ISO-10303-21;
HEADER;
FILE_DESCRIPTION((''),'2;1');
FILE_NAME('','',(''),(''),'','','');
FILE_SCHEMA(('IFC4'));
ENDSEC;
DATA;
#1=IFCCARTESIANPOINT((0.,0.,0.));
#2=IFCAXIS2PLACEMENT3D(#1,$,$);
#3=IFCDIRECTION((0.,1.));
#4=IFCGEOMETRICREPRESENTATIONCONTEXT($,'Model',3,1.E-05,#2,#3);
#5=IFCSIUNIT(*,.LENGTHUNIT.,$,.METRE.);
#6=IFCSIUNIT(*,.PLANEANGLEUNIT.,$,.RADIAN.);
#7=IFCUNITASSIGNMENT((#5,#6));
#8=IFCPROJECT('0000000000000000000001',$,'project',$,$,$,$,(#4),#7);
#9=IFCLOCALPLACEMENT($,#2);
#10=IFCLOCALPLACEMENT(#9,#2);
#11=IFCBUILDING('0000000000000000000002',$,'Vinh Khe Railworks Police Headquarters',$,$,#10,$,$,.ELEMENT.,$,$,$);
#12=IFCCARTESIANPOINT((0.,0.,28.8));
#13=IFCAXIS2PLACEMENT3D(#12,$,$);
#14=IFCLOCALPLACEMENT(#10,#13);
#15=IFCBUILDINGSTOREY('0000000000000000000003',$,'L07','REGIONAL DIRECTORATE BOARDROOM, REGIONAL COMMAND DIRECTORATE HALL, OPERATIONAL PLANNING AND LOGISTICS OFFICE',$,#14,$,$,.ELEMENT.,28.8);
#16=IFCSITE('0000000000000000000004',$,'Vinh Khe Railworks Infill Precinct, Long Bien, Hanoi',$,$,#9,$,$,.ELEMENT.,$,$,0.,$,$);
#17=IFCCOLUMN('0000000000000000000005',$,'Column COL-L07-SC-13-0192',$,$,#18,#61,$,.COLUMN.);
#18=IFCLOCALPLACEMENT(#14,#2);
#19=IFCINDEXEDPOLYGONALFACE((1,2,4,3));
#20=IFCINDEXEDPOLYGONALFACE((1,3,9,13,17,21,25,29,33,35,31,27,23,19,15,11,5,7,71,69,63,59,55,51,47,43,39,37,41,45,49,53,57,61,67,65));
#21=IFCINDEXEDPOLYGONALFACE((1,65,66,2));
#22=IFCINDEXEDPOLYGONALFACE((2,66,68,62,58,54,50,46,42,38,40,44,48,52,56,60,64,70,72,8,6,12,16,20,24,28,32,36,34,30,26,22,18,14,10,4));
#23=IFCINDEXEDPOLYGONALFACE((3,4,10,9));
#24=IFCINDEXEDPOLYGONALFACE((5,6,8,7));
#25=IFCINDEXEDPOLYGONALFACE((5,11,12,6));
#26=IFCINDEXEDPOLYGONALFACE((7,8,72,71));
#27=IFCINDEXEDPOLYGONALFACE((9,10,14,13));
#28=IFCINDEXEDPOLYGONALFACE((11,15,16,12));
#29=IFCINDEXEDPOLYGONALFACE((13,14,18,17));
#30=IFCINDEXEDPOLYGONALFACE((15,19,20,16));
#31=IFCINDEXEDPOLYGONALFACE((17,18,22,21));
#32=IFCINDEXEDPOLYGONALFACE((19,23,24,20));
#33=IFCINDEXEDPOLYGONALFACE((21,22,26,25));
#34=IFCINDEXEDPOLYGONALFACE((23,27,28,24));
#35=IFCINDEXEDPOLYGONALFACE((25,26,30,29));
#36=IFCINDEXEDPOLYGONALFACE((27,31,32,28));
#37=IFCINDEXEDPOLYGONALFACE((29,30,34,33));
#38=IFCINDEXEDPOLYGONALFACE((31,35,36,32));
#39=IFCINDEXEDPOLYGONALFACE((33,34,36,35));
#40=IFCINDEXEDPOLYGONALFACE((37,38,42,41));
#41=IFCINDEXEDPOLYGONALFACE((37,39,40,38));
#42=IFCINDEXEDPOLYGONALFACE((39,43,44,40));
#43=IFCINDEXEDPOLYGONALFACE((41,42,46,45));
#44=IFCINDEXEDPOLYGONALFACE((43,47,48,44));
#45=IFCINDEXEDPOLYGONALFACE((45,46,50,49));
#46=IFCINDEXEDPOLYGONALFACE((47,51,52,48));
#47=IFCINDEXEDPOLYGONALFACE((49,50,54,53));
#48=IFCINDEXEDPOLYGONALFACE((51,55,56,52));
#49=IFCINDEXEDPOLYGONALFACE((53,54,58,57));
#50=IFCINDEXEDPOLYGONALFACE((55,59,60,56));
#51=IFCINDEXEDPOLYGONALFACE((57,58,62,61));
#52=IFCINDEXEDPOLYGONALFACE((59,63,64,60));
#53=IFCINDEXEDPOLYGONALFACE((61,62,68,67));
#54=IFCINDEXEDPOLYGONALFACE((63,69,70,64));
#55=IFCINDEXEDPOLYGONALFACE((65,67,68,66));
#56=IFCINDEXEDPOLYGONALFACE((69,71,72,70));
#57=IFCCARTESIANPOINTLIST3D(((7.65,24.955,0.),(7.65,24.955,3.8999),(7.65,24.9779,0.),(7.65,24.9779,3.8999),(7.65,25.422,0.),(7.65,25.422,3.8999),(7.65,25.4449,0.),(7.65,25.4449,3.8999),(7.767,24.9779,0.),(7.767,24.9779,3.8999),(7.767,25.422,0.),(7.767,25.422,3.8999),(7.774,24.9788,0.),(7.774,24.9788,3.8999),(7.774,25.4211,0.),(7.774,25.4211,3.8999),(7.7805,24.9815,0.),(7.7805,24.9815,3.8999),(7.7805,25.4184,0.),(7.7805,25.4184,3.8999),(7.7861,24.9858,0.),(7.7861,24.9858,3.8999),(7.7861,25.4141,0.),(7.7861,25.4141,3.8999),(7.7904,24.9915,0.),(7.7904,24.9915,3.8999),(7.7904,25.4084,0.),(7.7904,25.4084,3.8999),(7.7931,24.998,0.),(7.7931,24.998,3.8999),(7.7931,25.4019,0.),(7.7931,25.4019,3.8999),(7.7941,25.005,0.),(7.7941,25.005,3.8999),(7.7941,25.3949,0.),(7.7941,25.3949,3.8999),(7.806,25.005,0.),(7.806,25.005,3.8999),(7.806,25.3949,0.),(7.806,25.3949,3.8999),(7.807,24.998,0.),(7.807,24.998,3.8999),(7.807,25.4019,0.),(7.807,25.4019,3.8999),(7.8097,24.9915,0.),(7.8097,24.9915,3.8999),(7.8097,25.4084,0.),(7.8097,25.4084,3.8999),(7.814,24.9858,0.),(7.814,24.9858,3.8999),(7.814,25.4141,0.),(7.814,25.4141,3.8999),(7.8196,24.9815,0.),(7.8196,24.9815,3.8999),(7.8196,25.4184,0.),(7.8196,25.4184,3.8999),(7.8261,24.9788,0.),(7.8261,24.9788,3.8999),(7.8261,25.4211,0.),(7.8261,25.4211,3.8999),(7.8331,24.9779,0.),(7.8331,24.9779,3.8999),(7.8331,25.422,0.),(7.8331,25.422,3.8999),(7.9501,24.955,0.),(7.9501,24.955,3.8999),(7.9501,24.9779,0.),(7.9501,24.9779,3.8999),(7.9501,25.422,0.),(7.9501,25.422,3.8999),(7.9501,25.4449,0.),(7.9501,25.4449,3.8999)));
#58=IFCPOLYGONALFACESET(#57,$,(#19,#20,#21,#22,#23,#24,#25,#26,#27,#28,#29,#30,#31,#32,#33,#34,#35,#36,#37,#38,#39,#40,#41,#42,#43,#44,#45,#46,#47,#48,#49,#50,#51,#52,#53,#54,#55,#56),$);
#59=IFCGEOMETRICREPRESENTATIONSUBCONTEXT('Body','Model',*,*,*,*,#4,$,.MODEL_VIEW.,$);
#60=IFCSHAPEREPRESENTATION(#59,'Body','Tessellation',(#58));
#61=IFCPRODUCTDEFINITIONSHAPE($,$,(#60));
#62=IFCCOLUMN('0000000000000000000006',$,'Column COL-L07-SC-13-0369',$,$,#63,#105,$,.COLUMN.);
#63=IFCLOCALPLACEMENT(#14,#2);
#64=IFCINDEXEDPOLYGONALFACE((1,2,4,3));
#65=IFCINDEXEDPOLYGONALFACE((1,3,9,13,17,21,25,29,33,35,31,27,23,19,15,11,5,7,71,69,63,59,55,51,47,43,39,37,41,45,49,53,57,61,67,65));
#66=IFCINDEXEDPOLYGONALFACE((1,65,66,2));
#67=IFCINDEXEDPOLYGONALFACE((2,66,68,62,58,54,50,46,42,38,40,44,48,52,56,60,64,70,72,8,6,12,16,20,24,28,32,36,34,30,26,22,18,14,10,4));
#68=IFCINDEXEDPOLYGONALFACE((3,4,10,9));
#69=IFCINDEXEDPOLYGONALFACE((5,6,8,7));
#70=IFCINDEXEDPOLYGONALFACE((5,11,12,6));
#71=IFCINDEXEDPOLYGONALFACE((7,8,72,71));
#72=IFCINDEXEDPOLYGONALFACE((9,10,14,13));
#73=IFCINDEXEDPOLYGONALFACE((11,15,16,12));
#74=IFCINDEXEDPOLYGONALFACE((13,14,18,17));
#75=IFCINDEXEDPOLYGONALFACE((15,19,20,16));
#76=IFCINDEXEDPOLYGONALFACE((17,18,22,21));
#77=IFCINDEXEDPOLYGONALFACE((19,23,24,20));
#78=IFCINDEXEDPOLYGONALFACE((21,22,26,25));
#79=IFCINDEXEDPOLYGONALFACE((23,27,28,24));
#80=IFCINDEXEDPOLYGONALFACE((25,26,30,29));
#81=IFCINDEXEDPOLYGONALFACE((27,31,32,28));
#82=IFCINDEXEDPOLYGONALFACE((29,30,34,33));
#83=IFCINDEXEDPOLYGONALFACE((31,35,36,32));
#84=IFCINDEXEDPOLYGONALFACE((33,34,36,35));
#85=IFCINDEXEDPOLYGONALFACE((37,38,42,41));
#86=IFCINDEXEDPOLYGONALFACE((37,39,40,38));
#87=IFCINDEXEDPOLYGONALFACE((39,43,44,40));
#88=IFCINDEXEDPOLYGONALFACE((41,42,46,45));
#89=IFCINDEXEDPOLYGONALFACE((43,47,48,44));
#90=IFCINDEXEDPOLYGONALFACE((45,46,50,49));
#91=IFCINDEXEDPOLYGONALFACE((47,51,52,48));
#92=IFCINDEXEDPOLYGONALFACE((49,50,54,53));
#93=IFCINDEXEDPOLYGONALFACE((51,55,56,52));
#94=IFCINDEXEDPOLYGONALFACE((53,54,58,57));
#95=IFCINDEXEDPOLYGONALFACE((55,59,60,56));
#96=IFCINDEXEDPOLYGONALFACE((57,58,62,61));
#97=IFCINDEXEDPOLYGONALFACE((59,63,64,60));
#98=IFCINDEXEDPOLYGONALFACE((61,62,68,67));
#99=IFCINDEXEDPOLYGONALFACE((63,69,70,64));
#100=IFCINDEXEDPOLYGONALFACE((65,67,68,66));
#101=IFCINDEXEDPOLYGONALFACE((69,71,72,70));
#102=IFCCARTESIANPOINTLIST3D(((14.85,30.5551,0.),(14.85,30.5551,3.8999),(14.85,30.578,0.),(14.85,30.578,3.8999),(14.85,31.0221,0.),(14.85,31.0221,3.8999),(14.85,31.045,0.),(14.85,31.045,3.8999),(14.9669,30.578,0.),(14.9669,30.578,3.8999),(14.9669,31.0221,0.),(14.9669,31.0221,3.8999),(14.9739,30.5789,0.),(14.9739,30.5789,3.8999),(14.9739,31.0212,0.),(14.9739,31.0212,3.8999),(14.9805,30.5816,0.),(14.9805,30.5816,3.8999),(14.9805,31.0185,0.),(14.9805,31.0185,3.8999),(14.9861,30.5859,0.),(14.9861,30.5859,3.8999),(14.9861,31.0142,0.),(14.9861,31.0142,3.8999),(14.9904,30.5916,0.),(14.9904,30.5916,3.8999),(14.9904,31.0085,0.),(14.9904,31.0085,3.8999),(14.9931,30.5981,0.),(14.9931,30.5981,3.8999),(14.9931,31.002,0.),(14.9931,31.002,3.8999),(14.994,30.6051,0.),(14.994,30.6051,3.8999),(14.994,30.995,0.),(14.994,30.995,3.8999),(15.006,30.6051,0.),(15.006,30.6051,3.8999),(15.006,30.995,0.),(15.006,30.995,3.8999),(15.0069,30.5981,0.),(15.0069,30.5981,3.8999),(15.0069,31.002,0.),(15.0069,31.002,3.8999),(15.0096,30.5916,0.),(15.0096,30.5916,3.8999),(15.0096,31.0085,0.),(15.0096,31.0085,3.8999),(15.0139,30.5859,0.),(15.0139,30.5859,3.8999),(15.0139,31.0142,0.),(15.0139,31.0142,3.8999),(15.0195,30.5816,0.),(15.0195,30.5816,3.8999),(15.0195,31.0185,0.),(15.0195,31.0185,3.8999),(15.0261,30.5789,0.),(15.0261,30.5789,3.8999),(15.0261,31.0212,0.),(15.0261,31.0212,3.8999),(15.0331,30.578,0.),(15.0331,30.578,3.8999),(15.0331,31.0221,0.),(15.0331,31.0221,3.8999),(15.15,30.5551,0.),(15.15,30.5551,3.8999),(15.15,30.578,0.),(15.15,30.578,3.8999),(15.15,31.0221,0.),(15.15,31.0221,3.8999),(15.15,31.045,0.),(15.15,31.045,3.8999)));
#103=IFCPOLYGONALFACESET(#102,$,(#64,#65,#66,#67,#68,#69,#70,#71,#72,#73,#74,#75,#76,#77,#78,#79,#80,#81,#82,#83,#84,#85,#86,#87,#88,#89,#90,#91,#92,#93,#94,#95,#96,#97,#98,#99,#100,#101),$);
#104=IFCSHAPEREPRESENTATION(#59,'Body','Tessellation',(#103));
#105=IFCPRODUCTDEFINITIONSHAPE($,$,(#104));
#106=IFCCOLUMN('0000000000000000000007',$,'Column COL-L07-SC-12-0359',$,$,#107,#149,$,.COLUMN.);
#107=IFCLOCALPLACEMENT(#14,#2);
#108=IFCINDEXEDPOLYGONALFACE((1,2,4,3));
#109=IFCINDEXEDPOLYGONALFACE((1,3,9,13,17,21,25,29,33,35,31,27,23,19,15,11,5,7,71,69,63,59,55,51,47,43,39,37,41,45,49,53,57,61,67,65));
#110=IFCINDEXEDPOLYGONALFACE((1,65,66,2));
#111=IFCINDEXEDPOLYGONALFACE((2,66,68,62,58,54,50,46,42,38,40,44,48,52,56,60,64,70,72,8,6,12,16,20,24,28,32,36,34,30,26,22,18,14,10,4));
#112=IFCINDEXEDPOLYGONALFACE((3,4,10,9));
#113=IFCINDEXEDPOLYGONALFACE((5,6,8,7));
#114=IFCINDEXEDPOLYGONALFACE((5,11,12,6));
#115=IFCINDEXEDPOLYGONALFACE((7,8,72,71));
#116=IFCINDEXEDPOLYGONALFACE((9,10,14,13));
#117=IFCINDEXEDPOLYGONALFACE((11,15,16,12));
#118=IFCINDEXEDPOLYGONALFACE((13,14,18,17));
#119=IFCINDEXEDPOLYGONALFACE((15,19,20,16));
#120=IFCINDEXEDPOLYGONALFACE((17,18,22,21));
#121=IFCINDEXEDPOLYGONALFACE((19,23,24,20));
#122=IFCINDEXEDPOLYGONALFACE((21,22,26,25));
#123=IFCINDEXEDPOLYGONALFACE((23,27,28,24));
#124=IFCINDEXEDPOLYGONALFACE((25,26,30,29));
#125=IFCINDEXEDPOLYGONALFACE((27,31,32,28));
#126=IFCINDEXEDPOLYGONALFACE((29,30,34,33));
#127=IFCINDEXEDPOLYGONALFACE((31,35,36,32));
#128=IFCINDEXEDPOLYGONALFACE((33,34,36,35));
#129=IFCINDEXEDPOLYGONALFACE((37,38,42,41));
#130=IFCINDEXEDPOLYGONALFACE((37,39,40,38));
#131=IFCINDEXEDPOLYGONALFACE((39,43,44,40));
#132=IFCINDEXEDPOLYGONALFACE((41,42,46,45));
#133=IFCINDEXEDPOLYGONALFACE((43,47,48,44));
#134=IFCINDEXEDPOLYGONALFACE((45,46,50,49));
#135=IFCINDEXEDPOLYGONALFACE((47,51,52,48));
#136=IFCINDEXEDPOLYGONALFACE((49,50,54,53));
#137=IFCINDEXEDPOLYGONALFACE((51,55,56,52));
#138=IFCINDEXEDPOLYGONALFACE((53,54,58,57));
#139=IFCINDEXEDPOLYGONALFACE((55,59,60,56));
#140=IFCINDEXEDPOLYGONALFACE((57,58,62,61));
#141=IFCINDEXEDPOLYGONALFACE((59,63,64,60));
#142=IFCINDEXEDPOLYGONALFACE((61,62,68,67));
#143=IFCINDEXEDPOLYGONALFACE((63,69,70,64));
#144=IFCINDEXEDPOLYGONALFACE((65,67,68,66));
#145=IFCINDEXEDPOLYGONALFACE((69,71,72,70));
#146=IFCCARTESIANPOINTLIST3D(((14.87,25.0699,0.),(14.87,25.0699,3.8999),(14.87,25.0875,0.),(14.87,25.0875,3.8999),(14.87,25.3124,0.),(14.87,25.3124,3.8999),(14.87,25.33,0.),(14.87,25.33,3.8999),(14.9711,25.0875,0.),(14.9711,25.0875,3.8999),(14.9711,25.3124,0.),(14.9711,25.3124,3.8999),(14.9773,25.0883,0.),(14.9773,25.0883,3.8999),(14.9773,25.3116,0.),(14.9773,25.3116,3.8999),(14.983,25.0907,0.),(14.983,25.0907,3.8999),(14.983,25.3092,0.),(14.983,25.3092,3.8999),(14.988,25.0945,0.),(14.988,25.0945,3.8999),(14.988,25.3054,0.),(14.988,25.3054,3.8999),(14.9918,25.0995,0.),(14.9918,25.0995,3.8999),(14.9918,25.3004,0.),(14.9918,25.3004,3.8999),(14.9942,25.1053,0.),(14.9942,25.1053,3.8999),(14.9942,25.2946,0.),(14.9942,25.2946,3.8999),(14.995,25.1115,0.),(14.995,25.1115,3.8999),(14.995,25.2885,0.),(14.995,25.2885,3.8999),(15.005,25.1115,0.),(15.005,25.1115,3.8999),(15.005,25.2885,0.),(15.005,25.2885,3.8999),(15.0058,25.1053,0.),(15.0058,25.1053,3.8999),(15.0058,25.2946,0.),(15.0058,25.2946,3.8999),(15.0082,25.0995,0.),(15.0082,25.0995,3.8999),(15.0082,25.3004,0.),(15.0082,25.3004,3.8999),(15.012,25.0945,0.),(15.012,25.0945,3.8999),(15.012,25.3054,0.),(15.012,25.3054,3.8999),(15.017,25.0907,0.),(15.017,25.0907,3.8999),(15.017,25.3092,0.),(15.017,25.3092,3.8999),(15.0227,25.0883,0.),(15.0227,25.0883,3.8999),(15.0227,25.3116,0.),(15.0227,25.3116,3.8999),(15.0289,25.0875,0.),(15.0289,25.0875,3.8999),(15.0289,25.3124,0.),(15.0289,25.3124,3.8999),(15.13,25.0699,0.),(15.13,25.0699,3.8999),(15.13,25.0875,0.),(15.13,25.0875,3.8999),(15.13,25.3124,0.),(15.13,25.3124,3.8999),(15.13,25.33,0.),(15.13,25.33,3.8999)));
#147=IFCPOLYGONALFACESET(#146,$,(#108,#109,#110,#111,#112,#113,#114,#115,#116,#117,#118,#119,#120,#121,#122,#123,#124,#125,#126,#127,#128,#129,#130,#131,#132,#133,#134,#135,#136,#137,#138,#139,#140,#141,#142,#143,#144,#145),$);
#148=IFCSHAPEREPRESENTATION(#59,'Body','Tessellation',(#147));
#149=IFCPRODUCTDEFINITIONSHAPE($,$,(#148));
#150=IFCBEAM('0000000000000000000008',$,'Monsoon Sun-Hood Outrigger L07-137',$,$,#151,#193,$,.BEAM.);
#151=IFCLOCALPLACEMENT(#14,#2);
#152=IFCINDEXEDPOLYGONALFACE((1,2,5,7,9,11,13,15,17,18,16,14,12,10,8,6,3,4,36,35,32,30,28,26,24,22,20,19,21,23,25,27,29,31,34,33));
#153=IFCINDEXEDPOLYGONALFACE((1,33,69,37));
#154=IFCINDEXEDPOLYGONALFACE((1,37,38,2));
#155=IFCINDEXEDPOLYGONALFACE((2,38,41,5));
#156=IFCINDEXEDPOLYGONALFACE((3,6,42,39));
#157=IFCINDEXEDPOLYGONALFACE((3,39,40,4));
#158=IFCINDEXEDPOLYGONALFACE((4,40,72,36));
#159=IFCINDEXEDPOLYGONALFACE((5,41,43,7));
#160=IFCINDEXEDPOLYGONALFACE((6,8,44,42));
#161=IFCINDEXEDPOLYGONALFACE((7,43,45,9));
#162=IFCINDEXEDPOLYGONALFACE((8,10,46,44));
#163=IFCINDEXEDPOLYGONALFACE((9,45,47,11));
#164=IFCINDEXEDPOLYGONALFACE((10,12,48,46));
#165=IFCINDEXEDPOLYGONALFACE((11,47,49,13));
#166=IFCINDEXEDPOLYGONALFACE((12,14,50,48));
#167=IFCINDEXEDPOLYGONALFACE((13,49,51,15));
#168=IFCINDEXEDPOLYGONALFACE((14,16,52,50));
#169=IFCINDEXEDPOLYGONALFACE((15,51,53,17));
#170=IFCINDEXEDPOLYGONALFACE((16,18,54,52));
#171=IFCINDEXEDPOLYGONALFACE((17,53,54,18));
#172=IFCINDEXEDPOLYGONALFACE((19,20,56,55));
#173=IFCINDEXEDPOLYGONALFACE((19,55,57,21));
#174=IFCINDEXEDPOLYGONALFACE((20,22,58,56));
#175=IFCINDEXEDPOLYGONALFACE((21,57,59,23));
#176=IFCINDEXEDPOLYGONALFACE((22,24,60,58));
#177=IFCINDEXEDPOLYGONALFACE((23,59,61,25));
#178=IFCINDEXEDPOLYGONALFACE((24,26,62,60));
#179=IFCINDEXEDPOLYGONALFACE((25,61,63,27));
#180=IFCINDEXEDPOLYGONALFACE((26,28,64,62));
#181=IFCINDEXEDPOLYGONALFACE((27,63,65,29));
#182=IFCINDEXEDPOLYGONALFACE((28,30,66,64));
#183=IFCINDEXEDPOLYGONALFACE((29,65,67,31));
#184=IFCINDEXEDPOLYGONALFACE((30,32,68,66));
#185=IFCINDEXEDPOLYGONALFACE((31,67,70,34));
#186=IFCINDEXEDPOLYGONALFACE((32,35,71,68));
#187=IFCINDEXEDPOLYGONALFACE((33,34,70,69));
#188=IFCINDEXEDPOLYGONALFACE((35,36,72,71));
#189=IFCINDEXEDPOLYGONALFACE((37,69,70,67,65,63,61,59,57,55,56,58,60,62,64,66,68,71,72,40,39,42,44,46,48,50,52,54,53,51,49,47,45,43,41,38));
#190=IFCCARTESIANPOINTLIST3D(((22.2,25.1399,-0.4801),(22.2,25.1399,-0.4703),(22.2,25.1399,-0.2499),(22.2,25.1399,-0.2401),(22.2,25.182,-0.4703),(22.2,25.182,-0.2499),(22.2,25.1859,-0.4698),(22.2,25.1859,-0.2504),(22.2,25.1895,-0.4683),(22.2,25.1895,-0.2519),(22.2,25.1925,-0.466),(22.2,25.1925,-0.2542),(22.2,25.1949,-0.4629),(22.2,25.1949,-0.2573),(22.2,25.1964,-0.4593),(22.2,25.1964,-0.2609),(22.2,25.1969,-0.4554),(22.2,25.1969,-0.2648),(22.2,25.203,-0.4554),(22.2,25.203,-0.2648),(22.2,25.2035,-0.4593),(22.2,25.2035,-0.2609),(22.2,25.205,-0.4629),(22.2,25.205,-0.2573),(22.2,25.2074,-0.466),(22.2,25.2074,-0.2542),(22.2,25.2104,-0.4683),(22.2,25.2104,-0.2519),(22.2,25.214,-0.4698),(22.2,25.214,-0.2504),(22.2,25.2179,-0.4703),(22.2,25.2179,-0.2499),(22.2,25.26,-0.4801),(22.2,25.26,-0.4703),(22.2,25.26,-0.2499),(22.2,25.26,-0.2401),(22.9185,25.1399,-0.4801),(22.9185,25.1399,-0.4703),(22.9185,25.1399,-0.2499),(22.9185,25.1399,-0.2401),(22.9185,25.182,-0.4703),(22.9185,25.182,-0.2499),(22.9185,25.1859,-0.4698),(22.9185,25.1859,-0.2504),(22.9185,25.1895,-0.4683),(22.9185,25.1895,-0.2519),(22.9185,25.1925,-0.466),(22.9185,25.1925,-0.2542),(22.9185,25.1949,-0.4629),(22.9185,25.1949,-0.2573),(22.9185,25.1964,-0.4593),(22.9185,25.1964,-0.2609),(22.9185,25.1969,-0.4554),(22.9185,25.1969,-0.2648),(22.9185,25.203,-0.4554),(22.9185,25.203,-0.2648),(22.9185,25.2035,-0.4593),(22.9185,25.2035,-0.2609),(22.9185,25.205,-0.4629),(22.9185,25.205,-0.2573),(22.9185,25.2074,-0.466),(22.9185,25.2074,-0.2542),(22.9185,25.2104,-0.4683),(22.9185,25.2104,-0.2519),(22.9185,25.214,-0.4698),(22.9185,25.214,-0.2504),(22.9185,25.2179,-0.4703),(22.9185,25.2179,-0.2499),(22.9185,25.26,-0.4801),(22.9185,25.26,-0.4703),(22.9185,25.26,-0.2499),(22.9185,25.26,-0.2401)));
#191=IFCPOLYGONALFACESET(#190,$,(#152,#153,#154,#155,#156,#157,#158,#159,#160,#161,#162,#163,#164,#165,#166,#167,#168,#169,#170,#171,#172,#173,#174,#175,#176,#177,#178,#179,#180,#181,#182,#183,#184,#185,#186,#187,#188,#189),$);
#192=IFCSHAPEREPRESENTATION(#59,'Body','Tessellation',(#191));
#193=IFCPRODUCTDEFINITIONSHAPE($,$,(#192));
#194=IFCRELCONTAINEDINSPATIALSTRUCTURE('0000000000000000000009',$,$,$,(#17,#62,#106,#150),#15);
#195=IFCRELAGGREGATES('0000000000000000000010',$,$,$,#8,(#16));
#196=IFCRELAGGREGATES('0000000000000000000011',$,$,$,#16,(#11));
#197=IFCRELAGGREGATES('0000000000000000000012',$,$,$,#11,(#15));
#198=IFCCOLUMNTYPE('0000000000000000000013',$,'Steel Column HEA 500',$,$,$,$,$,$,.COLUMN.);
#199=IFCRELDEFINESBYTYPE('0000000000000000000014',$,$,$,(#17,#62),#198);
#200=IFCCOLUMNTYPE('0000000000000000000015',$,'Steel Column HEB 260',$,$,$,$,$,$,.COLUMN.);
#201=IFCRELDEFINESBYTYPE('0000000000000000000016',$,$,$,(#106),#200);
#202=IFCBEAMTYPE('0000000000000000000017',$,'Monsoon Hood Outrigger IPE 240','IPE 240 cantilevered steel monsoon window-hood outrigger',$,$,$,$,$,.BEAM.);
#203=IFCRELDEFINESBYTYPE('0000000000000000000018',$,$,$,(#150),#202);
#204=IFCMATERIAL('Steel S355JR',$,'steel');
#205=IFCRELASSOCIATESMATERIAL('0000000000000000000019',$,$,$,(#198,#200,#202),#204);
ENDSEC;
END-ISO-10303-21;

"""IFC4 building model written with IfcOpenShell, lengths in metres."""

from ifc_helpers import new_model, si_unit, direction, frame, origin, origin_2d, place, context, subcontext, project, spatial, i_section, extrude, material, material_profile, profile_set, type_object, element, save


model = new_model("IFC4")

# Units and contexts
model_context = context("Model", 3, precision=1e-05, world=origin(), true_north=direction((0.0, 1.0)))
body_context = subcontext(model_context, "Body", "Model", "MODEL_VIEW")
ifc_project = project(units=[si_unit("LENGTHUNIT", "METRE"), si_unit("PLANEANGLEUNIT", "RADIAN")], contexts=[model_context])

# Site, building, storey
site_placement = place(None, origin())
site = spatial("IfcSite", under=ifc_project, at=site_placement, Name="Vinh Khe Railworks Infill Precinct, Long Bien, Hanoi", CompositionType="ELEMENT", RefElevation=0.0)
building_placement = place(site_placement, origin())
building = spatial("IfcBuilding", under=site, at=building_placement, Name="Vinh Khe Railworks Police Headquarters", CompositionType="ELEMENT")
storey_placement = place(building_placement, frame((0.0, 0.0, 28.8)))
storey = spatial("IfcBuildingStorey", under=building, at=storey_placement, Name="L07", Description="REGIONAL DIRECTORATE BOARDROOM, REGIONAL COMMAND DIRECTORATE HALL, OPERATIONAL PLANNING AND LOGISTICS OFFICE", CompositionType="ELEMENT", Elevation=28.8)

# Columns
ifc_material_1 = material(Name="Steel S355JR", Category="steel")
ifc_material_profile_1 = material_profile(ifc_material_1, i_section(OverallWidth=0.3, OverallDepth=0.49, WebThickness=0.012, FlangeThickness=0.0229, FilletRadius=0.0271, at=origin_2d()), Name="HEA 500")
ifc_profile_set_1 = profile_set([ifc_material_profile_1], Name="Steel S355JR")
column_type_1 = type_object("IfcColumnType", Name="Steel Column HEA 500", PredefinedType="COLUMN", material=ifc_profile_set_1)
for number, where, z_axis, x_axis, name in (
    (1, (7.8, 25.2, 0.0), (0.0, 0.0, 1.0), (1.0, 0.0, 0.0), "Column COL-L07-SC-13-0192"),
    (2, (15.0, 30.8, 0.0), (0.0, 0.0, 1.0), (1.0, 0.0, 0.0), "Column COL-L07-SC-13-0369"),
):
    element("IfcColumn", number, at=place(storey_placement, frame(where, z_axis=z_axis, x_axis=x_axis)), inside=storey, type_object=column_type_1, Name=name, PredefinedType="COLUMN", context=body_context, shape_type="SweptSolid", body=[
        extrude(i_section(OverallWidth=0.3, OverallDepth=0.49, WebThickness=0.012, FlangeThickness=0.0229, FilletRadius=0.0271, at=origin_2d()), origin(), (0.0, 0.0, 1.0), 3.8999),
    ])
ifc_material_profile_2 = material_profile(ifc_material_1, i_section(OverallWidth=0.26, OverallDepth=0.26, WebThickness=0.01, FlangeThickness=0.0176, FilletRadius=0.0239, at=origin_2d()), Name="HEB 260")
ifc_profile_set_2 = profile_set([ifc_material_profile_2], Name="Steel S355JR")
column_type_2 = type_object("IfcColumnType", Name="Steel Column HEB 260", PredefinedType="COLUMN", material=ifc_profile_set_2)
column_1_placement = place(storey_placement, frame((15.0, 25.2, 0.0), z_axis=(0.0, 0.0, 1.0), x_axis=(1.0, 0.0, 0.0)))
element("IfcColumn", 3, at=column_1_placement, inside=storey, type_object=column_type_2, Name="Column COL-L07-SC-12-0359", PredefinedType="COLUMN", context=body_context, shape_type="SweptSolid", body=[
    extrude(i_section(OverallWidth=0.26, OverallDepth=0.26, WebThickness=0.01, FlangeThickness=0.0176, FilletRadius=0.0239, at=origin_2d()), origin(), (0.0, 0.0, 1.0), 3.8999),
])

# Beam
ifc_material_profile_3 = material_profile(ifc_material_1, i_section(OverallWidth=0.1201, OverallDepth=0.24, WebThickness=0.0061, FlangeThickness=0.0098, FilletRadius=0.0149, at=origin_2d()), Name="IPE 240")
ifc_profile_set_3 = profile_set([ifc_material_profile_3], Name="Steel S355JR")
beam_type_1 = type_object("IfcBeamType", Name="Monsoon Hood Outrigger IPE 240", Description="IPE 240 cantilevered steel monsoon window-hood outrigger", PredefinedType="BEAM", material=ifc_profile_set_3)
beam_1_placement = place(storey_placement, frame((22.2, 25.2, -0.3601), z_axis=(1.0, 0.0, 0.0), x_axis=(0.0, 1.0, 0.0)))
element("IfcBeam", 4, at=beam_1_placement, inside=storey, type_object=beam_type_1, Name="Monsoon Sun-Hood Outrigger L07-137", PredefinedType="BEAM", context=body_context, shape_type="SweptSolid", body=[
    extrude(i_section(OverallWidth=0.1201, OverallDepth=0.24, WebThickness=0.0061, FlangeThickness=0.0098, FilletRadius=0.0149, at=origin_2d()), origin(), (0.0, 0.0, 1.0), 0.7185),
])

save(model, "model.ifc")
